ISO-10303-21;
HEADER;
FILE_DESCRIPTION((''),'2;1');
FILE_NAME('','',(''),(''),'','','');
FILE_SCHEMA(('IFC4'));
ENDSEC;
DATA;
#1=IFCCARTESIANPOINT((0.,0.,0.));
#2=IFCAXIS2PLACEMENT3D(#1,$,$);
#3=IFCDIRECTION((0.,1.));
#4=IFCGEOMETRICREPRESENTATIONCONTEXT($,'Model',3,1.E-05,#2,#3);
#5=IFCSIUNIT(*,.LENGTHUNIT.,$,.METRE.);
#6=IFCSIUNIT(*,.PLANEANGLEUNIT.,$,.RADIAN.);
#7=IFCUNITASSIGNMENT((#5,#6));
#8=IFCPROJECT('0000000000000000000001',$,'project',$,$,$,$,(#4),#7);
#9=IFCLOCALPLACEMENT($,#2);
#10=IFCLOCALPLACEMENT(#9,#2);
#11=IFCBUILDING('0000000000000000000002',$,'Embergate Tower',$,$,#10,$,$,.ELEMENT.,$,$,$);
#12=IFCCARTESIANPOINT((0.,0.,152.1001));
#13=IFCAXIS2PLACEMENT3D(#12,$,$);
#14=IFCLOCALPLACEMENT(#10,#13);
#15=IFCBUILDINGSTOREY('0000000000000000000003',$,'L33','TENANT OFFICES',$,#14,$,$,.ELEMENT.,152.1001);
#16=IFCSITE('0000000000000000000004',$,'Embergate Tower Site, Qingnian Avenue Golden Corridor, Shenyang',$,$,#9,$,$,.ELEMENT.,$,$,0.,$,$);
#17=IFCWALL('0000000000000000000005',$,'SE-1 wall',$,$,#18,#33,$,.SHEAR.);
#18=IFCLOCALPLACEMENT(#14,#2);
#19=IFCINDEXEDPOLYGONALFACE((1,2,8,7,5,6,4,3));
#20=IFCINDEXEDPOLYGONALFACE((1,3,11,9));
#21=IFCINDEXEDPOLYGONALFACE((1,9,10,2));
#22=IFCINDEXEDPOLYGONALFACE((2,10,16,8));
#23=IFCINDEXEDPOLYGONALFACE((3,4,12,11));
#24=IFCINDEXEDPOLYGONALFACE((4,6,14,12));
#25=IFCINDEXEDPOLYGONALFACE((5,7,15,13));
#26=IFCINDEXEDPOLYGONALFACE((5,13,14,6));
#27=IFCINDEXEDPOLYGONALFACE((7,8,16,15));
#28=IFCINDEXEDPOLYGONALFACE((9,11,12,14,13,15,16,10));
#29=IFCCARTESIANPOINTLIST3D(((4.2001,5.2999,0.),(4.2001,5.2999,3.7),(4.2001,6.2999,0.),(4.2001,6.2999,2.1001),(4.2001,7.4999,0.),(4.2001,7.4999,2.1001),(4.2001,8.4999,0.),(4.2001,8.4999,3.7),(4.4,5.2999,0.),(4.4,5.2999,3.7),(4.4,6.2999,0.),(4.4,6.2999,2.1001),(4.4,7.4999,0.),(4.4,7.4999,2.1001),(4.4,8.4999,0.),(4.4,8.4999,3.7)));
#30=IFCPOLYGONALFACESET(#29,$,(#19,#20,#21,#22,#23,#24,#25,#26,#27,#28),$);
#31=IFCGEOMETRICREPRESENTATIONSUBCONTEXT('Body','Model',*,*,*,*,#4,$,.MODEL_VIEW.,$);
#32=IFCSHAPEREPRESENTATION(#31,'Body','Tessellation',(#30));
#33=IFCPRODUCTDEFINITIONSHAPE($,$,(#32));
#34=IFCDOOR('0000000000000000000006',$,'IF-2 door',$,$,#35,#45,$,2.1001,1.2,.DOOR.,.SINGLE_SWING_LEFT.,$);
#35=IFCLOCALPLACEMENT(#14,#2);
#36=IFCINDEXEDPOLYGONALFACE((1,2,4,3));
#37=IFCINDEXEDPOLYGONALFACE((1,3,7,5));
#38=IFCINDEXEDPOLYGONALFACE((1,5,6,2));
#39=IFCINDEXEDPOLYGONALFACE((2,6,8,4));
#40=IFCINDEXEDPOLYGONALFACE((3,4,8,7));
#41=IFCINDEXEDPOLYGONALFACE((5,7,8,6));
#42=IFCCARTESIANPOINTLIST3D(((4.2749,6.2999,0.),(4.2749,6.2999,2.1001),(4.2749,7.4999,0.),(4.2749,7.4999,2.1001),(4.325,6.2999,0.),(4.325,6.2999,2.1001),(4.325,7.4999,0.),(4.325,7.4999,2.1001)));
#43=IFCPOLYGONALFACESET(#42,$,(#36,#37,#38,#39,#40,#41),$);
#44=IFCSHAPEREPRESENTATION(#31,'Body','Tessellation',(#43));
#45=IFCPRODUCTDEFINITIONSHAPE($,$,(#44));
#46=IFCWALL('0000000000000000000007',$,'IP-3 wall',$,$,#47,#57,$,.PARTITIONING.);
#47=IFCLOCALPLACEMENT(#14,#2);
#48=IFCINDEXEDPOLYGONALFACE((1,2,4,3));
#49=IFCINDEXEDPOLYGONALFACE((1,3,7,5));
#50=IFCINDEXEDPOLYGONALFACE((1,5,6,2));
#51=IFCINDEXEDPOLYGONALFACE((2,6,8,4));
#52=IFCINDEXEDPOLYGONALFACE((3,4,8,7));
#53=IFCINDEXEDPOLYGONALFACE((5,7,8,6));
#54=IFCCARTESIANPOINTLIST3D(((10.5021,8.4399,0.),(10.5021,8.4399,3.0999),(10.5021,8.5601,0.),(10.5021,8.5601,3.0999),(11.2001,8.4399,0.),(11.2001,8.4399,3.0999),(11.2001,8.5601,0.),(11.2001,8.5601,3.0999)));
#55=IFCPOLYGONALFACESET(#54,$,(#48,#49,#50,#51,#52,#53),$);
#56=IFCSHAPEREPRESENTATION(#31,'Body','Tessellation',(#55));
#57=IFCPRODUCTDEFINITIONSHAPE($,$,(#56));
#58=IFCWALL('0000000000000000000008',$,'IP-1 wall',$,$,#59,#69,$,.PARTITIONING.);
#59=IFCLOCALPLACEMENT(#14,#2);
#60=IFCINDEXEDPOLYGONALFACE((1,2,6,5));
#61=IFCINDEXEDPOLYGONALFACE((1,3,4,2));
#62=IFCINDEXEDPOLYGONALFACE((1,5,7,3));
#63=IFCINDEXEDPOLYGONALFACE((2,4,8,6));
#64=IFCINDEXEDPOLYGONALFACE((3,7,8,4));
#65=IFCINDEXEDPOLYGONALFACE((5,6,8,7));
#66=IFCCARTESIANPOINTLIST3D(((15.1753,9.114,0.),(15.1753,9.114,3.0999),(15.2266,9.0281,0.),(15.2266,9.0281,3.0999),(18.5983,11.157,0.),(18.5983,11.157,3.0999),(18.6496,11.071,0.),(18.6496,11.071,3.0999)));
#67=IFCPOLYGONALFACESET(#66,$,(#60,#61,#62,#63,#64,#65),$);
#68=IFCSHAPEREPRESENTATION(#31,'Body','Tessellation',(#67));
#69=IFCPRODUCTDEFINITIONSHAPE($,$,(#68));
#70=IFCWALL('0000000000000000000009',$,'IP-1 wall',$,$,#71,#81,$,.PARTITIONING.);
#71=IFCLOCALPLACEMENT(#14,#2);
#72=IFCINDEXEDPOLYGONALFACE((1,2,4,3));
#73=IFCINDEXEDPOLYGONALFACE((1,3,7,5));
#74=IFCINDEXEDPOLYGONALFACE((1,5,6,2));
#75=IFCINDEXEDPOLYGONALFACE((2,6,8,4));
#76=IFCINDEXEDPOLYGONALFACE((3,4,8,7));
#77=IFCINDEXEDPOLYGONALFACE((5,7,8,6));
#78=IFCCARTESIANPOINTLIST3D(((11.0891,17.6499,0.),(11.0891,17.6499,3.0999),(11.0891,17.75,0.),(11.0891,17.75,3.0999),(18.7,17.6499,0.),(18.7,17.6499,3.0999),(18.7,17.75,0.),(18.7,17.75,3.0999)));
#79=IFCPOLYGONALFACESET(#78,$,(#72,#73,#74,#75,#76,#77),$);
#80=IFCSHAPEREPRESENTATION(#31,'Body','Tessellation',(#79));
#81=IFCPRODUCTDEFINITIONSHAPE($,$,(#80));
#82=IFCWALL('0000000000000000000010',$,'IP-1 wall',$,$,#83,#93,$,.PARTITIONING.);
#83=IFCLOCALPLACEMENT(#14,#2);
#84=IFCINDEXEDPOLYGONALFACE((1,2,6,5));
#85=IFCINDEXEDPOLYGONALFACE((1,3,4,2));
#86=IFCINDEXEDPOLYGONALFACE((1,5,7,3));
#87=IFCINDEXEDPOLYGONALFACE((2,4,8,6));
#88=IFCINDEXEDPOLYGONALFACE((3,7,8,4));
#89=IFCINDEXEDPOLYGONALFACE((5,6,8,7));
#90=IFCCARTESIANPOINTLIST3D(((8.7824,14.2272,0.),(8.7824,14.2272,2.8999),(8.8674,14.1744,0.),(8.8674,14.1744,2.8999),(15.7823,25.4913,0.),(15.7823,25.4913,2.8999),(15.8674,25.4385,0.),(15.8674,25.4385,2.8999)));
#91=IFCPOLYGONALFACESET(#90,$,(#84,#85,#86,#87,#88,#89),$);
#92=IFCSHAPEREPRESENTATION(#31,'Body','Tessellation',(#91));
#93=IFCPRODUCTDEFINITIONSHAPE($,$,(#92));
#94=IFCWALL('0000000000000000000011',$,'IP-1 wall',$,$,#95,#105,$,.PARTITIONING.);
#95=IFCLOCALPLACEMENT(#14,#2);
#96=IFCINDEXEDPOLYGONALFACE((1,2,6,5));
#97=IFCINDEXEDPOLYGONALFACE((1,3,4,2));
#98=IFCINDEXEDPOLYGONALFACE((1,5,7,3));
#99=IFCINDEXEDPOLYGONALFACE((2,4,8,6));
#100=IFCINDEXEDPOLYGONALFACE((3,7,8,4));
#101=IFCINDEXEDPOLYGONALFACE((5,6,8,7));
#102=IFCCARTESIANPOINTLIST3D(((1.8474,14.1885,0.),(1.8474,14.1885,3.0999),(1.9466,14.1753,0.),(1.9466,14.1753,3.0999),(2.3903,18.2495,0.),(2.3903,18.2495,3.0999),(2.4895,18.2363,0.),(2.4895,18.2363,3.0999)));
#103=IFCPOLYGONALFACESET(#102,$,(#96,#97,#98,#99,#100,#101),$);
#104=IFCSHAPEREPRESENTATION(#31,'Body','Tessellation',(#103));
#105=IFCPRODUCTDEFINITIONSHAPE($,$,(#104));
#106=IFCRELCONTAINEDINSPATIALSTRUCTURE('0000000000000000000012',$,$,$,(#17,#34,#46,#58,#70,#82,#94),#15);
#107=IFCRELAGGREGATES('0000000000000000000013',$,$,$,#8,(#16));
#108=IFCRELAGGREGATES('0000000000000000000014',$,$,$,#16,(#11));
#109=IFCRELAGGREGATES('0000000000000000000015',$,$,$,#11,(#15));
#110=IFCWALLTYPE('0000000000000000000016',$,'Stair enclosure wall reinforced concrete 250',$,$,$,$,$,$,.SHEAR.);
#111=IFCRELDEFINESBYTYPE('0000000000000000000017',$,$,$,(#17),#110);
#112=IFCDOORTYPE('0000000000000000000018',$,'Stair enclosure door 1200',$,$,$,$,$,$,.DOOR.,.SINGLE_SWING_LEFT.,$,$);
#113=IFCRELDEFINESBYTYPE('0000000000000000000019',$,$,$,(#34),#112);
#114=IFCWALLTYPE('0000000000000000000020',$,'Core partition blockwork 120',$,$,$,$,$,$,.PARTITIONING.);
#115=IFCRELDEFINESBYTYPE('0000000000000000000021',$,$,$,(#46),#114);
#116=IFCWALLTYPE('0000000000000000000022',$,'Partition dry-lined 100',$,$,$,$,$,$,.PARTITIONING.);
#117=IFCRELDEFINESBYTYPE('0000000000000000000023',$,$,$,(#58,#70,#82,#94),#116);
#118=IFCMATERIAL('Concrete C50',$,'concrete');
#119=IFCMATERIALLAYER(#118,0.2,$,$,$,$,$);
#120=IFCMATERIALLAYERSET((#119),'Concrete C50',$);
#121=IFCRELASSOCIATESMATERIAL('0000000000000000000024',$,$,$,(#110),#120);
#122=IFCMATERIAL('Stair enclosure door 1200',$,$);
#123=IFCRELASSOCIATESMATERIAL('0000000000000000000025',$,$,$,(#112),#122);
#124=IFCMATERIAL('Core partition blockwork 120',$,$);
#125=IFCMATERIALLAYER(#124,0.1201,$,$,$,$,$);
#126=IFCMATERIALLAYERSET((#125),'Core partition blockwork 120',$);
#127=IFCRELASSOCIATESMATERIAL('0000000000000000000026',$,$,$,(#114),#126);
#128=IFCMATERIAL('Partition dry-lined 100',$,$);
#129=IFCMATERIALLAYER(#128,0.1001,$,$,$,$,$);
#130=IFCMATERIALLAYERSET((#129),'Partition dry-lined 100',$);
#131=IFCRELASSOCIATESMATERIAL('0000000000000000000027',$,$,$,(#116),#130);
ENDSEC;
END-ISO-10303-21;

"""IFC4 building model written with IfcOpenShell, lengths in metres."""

from ifc_helpers import new_model, si_unit, direction, frame, frame_2d, origin, place, context, subcontext, project, spatial, rectangle, extrude, source, transform, mapped, material, layer, layer_set, type_object, element, fill, save


model = new_model("IFC4")

# Units and contexts
model_context = context("Model", 3, precision=1e-05, world=origin(), true_north=direction((0.0, 1.0)))
body_context = subcontext(model_context, "Body", "Model", "MODEL_VIEW")
ifc_project = project(units=[si_unit("LENGTHUNIT", "METRE"), si_unit("PLANEANGLEUNIT", "RADIAN")], contexts=[model_context])

# Site, building, storey
site_placement = place(None, origin())
site = spatial("IfcSite", under=ifc_project, at=site_placement, Name="Embergate Tower Site, Qingnian Avenue Golden Corridor, Shenyang", CompositionType="ELEMENT", RefElevation=0.0)
building_placement = place(site_placement, origin())
building = spatial("IfcBuilding", under=site, at=building_placement, Name="Embergate Tower", CompositionType="ELEMENT")
storey_placement = place(building_placement, frame((0.0, 0.0, 152.1001)))
storey = spatial("IfcBuildingStorey", under=building, at=storey_placement, Name="L33", Description="TENANT OFFICES", CompositionType="ELEMENT", Elevation=152.1001)

# Wall, opening, door
ifc_material_1 = material(Name="Concrete C50", Category="concrete")
ifc_layer_1 = layer(ifc_material_1, 0.2)
ifc_layer_set_1 = layer_set([ifc_layer_1], Name="Concrete C50")
wall_type_1 = type_object("IfcWallType", Name="Stair enclosure wall reinforced concrete 250", PredefinedType="SHEAR", material=ifc_layer_set_1)
shared_shape_1 = source(origin(), body_context, "Body", "SweptSolid", [
    extrude(rectangle(XDim=3.2, YDim=0.2, at=frame_2d((1.6001, 0.0))), origin(), (0.0, 0.0, 1.0), 3.7),
])
wall_1_placement = place(storey_placement, frame((4.3, 8.5, 0.0), z_axis=(0.0, 0.0, 1.0), x_axis=(0.0, -1.0, 0.0)))
wall_1 = element("IfcWall", 1, at=wall_1_placement, inside=storey, type_object=wall_type_1, Name="SE-1 wall", PredefinedType="SHEAR", context=body_context, shape_type="MappedRepresentation", body=[
    mapped(shared_shape_1, transform((0.0, 0.0, 0.0))),
])
shared_shape_2 = source(origin(), body_context, "Body", "SweptSolid", [
    extrude(rectangle(XDim=1.2, YDim=2.1001, at=frame_2d((0.6001, 1.05))), frame((0.0, 0.1099, 0.0), z_axis=(0.0, -1.0, 0.0), x_axis=(1.0, 0.0, 0.0)), (0.0, 0.0, 1.0), 0.22),
])
opening_placement = place(wall_1_placement, frame((1.0, 0.0, 0.0)))
opening = element("IfcOpeningElement", 2, at=opening_placement, cuts=wall_1, PredefinedType="OPENING", context=body_context, shape_type="MappedRepresentation", body=[
    mapped(shared_shape_2, transform((0.0, 0.0, 0.0))),
])
ifc_material_2 = material(Name="Stair enclosure door 1200")
door_type = type_object("IfcDoorType", Name="Stair enclosure door 1200", OperationType="SINGLE_SWING_LEFT", PredefinedType="DOOR", material=ifc_material_2)
shared_shape_3 = source(origin(), body_context, "Body", "SweptSolid", [
    extrude(rectangle(XDim=1.2, YDim=2.1001, at=frame_2d((0.6001, 1.05))), frame((0.0, 0.0249, 0.0), z_axis=(0.0, -1.0, 0.0), x_axis=(1.0, 0.0, 0.0)), (0.0, 0.0, 1.0), 0.05),
])
door_placement = place(opening_placement, origin())
door = element("IfcDoor", 3, at=door_placement, inside=storey, type_object=door_type, Name="IF-2 door", OperationType="SINGLE_SWING_LEFT", OverallHeight=2.1001, OverallWidth=1.2, PredefinedType="DOOR", context=body_context, shape_type="MappedRepresentation", body=[
    mapped(shared_shape_3, transform((0.0, 0.0, 0.0))),
])
fill(opening, door)

# Walls
ifc_material_3 = material(Name="Core partition blockwork 120")
ifc_layer_2 = layer(ifc_material_3, 0.1201)
ifc_layer_set_2 = layer_set([ifc_layer_2], Name="Core partition blockwork 120")
wall_type_2 = type_object("IfcWallType", Name="Core partition blockwork 120", PredefinedType="PARTITIONING", material=ifc_layer_set_2)
shared_shape_4 = source(origin(), body_context, "Body", "SweptSolid", [
    extrude(rectangle(XDim=0.698, YDim=0.1201, at=frame_2d((0.3491, 0.0))), origin(), (0.0, 0.0, 1.0), 3.0999),
])
wall_2_placement = place(storey_placement, frame((10.502, 8.5, 0.0), z_axis=(0.0, 0.0, 1.0), x_axis=(1.0, 0.0, 0.0)))
element("IfcWall", 4, at=wall_2_placement, inside=storey, type_object=wall_type_2, Name="IP-3 wall", PredefinedType="PARTITIONING", context=body_context, shape_type="MappedRepresentation", body=[
    mapped(shared_shape_4, transform((0.0, 0.0, 0.0))),
])
ifc_material_4 = material(Name="Partition dry-lined 100")
ifc_layer_3 = layer(ifc_material_4, 0.1001)
ifc_layer_set_3 = layer_set([ifc_layer_3], Name="Partition dry-lined 100")
wall_type_3 = type_object("IfcWallType", Name="Partition dry-lined 100", PredefinedType="PARTITIONING", material=ifc_layer_set_3)
shared_shape_5 = source(origin(), body_context, "Body", "SweptSolid", [
    extrude(rectangle(XDim=3.9863, YDim=0.1001, at=frame_2d((1.9932, 0.0))), origin(), (0.0, 0.0, 1.0), 3.0999),
])
wall_3_placement = place(storey_placement, frame((15.2009, 9.071, 0.0), z_axis=(0.0, 0.0, 1.0), x_axis=(0.858696, 0.512486, 0.0)))
element("IfcWall", 5, at=wall_3_placement, inside=storey, type_object=wall_type_3, Name="IP-1 wall", PredefinedType="PARTITIONING", context=body_context, shape_type="MappedRepresentation", body=[
    mapped(shared_shape_5, transform((0.0, 0.0, 0.0))),
])
shared_shape_6 = source(origin(), body_context, "Body", "SweptSolid", [
    extrude(rectangle(XDim=7.6108, YDim=0.1001, at=frame_2d((3.8054, 0.0))), origin(), (0.0, 0.0, 1.0), 3.0999),
])
wall_4_placement = place(storey_placement, frame((11.0891, 17.7, 0.0), z_axis=(0.0, 0.0, 1.0), x_axis=(1.0, 0.0, 0.0)))
element("IfcWall", 6, at=wall_4_placement, inside=storey, type_object=wall_type_3, Name="IP-1 wall", PredefinedType="PARTITIONING", context=body_context, shape_type="MappedRepresentation", body=[
    mapped(shared_shape_6, transform((0.0, 0.0, 0.0))),
])
shared_shape_7 = source(origin(), body_context, "Body", "SweptSolid", [
    extrude(rectangle(XDim=13.262, YDim=0.1001, at=frame_2d((6.6309, 0.0))), origin(), (0.0, 0.0, 1.0), 2.8999),
])
wall_5_placement = place(storey_placement, frame((8.825, 14.2009, 0.0), z_axis=(0.0, 0.0, 1.0), x_axis=(0.527823, 0.849354, 0.0)))
element("IfcWall", 7, at=wall_5_placement, inside=storey, type_object=wall_type_3, Name="IP-1 wall", PredefinedType="PARTITIONING", context=body_context, shape_type="MappedRepresentation", body=[
    mapped(shared_shape_7, transform((0.0, 0.0, 0.0))),
])
shared_shape_8 = source(origin(), body_context, "Body", "SweptSolid", [
    extrude(rectangle(XDim=4.0972, YDim=0.1001, at=frame_2d((2.0486, 0.0))), origin(), (0.0, 0.0, 1.0), 3.0999),
])
wall_6_placement = place(storey_placement, frame((1.897, 14.1819, 0.0), z_axis=(0.0, 0.0, 1.0), x_axis=(0.132523, 0.99118, 0.0)))
element("IfcWall", 8, at=wall_6_placement, inside=storey, type_object=wall_type_3, Name="IP-1 wall", PredefinedType="PARTITIONING", context=body_context, shape_type="MappedRepresentation", body=[
    mapped(shared_shape_8, transform((0.0, 0.0, 0.0))),
])

save(model, "model.ifc")
